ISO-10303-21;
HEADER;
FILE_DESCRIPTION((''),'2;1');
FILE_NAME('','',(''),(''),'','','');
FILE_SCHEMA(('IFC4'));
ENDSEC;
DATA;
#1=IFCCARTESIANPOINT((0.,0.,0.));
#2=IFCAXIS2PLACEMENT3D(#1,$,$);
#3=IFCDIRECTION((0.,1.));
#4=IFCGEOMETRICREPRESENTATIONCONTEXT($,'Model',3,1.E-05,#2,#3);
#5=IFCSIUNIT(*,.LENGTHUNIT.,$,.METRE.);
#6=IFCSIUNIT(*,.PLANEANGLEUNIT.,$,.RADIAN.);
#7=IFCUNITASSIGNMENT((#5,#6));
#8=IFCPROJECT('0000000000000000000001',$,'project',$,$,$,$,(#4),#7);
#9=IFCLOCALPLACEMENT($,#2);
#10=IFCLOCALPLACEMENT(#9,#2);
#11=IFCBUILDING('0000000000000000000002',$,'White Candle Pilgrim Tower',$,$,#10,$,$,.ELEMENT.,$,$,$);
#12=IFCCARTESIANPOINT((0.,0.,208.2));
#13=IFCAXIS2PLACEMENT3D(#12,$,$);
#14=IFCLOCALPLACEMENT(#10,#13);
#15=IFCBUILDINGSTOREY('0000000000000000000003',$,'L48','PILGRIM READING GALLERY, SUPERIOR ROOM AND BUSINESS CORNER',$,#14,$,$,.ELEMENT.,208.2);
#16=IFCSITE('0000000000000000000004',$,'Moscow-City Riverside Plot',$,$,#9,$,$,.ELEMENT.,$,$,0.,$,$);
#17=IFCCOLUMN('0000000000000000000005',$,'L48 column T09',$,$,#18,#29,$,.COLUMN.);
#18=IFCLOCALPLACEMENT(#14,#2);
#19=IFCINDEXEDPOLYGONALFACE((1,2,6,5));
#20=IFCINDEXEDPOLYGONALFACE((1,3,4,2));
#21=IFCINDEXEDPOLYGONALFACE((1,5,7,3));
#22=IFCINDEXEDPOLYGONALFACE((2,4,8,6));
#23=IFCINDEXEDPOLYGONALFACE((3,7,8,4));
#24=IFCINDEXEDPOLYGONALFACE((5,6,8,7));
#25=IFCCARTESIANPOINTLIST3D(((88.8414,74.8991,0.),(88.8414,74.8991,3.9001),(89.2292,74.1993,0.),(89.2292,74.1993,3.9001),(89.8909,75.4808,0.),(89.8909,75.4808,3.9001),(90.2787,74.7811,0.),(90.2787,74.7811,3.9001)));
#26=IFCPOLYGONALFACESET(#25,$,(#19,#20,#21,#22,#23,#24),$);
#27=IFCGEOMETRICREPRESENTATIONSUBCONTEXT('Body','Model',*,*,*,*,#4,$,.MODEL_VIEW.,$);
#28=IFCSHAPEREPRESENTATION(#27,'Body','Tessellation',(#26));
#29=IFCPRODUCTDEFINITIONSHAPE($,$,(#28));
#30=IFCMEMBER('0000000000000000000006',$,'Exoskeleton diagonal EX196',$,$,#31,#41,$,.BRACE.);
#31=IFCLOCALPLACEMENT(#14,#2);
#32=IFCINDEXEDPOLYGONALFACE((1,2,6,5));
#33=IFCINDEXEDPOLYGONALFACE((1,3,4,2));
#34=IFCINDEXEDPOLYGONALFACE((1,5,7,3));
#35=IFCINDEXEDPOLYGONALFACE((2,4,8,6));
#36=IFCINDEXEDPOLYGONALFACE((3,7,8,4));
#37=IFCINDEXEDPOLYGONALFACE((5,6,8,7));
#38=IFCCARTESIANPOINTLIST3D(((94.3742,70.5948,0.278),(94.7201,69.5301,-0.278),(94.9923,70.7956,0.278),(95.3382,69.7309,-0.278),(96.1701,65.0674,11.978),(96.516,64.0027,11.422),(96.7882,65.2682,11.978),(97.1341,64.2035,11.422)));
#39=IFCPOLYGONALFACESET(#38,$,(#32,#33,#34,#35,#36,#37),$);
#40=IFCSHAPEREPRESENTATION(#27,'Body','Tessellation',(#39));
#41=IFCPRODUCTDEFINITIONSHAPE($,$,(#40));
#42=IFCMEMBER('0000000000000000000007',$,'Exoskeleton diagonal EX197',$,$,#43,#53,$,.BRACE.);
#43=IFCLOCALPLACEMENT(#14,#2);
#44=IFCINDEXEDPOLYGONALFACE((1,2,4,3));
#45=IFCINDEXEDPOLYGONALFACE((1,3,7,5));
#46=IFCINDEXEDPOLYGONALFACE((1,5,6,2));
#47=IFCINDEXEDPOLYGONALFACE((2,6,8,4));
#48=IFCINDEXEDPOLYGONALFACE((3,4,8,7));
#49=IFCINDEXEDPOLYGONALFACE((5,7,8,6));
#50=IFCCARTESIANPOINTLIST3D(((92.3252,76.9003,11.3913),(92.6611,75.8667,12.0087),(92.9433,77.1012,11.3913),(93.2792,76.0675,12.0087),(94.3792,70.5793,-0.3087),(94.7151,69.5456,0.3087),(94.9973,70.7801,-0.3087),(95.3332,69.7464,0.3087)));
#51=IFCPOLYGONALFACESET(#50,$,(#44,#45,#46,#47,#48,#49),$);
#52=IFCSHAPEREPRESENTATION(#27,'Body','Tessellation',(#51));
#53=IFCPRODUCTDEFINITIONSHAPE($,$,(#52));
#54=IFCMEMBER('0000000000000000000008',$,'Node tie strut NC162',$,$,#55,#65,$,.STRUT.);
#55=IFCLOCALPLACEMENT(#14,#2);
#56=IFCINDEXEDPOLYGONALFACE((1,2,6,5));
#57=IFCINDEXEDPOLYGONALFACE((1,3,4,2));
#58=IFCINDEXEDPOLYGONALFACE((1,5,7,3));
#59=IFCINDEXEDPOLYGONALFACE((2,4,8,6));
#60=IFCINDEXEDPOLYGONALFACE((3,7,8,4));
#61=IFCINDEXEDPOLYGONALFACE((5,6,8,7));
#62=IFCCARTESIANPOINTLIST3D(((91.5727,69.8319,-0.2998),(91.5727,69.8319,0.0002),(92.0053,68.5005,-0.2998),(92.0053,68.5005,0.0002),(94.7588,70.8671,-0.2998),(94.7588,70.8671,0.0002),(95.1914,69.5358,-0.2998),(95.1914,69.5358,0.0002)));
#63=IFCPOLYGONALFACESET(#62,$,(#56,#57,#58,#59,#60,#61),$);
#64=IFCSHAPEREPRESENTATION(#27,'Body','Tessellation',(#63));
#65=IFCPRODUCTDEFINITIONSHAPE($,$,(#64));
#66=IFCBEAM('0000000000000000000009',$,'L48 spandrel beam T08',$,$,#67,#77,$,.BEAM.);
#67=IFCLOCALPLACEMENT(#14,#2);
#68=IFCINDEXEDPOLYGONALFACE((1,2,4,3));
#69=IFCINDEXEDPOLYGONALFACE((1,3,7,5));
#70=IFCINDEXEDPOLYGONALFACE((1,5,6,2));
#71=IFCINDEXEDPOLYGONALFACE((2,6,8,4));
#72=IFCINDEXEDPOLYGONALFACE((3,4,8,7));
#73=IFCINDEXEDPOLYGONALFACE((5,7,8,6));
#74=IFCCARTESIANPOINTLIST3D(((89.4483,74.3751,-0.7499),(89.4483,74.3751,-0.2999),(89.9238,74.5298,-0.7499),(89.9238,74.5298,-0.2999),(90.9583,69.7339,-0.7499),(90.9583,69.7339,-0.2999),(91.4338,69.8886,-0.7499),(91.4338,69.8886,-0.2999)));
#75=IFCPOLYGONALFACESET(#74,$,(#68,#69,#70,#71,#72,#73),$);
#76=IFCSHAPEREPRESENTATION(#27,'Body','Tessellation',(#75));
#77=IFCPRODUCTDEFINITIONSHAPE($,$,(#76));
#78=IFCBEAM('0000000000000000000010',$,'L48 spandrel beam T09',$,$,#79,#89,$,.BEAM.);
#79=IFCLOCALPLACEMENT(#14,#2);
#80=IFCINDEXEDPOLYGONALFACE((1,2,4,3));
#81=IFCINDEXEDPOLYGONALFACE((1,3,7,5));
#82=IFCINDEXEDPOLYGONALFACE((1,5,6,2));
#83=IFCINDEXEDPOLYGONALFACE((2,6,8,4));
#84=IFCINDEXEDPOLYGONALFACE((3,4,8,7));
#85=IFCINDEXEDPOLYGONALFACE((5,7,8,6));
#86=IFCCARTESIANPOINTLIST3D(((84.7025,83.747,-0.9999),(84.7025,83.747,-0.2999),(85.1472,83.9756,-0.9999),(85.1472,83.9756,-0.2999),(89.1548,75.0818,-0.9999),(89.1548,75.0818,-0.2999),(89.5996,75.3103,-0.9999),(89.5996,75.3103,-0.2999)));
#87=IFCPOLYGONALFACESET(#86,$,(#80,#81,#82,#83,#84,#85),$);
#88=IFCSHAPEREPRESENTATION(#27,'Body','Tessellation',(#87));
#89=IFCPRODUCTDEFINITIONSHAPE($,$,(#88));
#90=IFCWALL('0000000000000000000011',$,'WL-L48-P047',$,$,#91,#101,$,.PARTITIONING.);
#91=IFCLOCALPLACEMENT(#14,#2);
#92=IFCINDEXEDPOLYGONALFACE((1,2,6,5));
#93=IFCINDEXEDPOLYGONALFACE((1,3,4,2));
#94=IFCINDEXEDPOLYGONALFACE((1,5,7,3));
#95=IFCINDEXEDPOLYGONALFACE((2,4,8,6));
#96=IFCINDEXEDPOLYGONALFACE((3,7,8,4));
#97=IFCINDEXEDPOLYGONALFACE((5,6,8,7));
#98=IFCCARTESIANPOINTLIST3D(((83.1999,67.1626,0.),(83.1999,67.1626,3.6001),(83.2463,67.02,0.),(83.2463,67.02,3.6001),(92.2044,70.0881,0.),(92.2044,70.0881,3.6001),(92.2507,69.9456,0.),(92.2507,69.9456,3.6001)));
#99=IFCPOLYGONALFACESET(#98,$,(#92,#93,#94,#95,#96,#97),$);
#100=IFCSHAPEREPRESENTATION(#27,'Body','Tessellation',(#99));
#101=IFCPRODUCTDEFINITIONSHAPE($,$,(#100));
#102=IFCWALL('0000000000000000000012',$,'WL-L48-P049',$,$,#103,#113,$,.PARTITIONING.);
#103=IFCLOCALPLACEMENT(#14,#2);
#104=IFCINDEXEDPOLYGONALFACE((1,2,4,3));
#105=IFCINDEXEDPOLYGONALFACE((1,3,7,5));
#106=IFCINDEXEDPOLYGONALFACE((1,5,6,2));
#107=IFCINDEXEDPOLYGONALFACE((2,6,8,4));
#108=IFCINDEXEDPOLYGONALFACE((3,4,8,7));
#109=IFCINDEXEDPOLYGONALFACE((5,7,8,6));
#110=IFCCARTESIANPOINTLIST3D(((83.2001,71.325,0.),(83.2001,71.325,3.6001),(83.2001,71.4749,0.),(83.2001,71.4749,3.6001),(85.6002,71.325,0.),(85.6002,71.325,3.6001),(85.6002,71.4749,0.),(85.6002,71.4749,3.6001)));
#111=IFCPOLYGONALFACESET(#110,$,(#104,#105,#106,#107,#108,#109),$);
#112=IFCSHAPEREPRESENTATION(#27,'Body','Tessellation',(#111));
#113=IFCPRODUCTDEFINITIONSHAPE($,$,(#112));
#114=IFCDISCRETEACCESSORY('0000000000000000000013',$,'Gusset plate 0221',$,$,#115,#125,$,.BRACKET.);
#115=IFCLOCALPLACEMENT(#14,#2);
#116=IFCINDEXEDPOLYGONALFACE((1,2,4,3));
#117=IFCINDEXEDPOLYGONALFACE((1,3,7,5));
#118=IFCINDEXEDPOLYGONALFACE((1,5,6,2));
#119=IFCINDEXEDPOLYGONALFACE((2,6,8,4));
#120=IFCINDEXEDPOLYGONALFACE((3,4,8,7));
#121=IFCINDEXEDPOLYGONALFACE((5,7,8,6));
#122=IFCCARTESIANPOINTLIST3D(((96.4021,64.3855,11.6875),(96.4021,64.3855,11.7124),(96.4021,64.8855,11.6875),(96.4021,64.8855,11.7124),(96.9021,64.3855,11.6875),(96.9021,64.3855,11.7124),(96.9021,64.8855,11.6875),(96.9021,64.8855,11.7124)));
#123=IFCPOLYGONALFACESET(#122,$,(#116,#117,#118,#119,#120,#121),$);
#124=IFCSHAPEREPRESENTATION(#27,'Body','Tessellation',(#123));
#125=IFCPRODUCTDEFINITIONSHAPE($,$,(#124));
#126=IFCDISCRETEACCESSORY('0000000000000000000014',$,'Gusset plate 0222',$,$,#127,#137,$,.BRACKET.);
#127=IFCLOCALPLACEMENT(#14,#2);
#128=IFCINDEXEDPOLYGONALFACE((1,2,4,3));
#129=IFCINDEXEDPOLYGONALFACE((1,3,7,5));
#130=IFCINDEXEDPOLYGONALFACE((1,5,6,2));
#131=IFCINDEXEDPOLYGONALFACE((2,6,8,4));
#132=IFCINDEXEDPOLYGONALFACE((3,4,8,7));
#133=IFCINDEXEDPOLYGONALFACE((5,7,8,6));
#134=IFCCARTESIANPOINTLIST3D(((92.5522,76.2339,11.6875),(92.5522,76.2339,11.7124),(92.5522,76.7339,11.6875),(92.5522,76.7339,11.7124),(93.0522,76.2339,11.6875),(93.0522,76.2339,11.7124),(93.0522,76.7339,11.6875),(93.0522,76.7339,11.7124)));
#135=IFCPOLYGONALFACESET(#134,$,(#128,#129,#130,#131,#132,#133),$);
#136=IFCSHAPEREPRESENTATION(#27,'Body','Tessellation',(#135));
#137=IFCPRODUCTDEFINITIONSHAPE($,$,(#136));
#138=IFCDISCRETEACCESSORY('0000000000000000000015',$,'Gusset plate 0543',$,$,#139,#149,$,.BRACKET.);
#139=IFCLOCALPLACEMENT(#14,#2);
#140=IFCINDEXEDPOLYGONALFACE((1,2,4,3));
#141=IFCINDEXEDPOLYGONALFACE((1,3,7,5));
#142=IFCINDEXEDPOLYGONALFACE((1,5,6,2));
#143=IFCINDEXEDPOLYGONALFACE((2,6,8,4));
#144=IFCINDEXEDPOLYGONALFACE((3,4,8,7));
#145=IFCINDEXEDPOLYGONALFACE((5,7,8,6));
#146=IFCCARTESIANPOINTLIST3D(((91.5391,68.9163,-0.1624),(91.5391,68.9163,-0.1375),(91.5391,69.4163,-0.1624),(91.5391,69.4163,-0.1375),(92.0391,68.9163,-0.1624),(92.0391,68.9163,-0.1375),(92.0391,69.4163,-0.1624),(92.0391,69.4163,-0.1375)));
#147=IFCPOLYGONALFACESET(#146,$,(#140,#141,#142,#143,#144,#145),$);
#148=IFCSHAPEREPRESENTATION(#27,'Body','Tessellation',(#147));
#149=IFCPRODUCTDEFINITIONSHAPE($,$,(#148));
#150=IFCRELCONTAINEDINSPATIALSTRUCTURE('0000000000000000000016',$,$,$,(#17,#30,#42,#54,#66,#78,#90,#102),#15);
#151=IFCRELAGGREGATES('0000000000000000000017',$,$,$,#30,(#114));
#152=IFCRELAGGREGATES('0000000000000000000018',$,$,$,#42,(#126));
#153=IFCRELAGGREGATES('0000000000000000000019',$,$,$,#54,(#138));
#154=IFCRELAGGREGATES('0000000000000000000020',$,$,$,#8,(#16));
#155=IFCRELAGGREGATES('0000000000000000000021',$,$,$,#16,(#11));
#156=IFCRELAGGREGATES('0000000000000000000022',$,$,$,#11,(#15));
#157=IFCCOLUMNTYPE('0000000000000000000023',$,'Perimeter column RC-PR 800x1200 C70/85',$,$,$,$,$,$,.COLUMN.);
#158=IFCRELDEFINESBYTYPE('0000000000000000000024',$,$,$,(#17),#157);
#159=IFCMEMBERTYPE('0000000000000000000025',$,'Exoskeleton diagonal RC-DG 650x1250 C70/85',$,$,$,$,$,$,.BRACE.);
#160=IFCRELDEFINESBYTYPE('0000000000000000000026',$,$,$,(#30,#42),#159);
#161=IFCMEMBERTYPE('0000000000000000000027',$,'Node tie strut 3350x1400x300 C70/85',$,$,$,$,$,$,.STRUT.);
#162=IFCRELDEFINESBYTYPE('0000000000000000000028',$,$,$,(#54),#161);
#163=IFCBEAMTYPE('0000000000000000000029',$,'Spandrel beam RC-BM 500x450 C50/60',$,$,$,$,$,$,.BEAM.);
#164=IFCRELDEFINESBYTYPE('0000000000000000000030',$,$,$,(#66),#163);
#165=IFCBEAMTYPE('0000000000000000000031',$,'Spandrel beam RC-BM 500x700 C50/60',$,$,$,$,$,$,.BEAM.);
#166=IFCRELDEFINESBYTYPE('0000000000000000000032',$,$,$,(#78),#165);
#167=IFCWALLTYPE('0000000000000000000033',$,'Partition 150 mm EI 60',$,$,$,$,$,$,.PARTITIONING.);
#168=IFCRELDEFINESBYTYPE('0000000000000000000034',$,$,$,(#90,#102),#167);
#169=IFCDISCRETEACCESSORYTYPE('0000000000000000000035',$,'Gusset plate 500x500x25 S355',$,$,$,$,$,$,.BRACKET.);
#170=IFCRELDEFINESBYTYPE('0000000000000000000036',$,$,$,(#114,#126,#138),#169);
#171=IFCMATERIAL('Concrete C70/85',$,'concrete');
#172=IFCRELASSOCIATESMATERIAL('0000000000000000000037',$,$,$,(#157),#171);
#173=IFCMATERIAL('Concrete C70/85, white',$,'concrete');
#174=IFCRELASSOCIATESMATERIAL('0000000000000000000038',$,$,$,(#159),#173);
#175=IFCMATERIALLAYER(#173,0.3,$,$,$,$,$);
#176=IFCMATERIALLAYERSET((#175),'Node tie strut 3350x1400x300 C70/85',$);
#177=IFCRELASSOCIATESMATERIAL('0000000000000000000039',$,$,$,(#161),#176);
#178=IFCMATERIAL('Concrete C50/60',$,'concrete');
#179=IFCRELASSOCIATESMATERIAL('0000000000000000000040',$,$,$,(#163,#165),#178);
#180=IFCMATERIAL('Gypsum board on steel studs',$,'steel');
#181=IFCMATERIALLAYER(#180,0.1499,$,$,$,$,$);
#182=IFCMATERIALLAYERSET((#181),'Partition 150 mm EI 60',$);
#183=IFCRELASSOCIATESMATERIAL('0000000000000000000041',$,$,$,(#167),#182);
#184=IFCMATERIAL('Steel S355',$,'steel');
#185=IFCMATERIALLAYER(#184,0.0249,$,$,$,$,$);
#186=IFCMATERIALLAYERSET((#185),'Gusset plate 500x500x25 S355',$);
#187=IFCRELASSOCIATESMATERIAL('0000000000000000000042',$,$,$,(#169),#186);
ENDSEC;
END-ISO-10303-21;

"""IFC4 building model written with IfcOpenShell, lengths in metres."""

from ifc_helpers import new_model, si_unit, direction, frame, frame_2d, origin, origin_2d, place, context, subcontext, project, spatial, rectangle, extrude, material, layer, layer_set, material_profile, profile_set, type_object, element, aggregate, save


model = new_model("IFC4")

# Units and contexts
model_context = context("Model", 3, precision=1e-05, world=origin(), true_north=direction((0.0, 1.0)))
body_context = subcontext(model_context, "Body", "Model", "MODEL_VIEW")
ifc_project = project(units=[si_unit("LENGTHUNIT", "METRE"), si_unit("PLANEANGLEUNIT", "RADIAN")], contexts=[model_context])

# Site, building, storey
site_placement = place(None, origin())
site = spatial("IfcSite", under=ifc_project, at=site_placement, Name="Moscow-City Riverside Plot", CompositionType="ELEMENT", RefElevation=0.0)
building_placement = place(site_placement, origin())
building = spatial("IfcBuilding", under=site, at=building_placement, Name="White Candle Pilgrim Tower", CompositionType="ELEMENT")
storey_placement = place(building_placement, frame((0.0, 0.0, 208.2)))
storey = spatial("IfcBuildingStorey", under=building, at=storey_placement, Name="L48", Description="PILGRIM READING GALLERY, SUPERIOR ROOM AND BUSINESS CORNER", CompositionType="ELEMENT", Elevation=208.2)

# Column
ifc_material_1 = material(Name="Concrete C70/85", Category="concrete")
ifc_material_profile_1 = material_profile(ifc_material_1, rectangle(XDim=0.8, YDim=1.2, at=origin_2d()), Name="RC-PR 800x1200")
ifc_profile_set_1 = profile_set([ifc_material_profile_1], Name="Concrete C70/85")
column_type = type_object("IfcColumnType", Name="Perimeter column RC-PR 800x1200 C70/85", PredefinedType="COLUMN", material=ifc_profile_set_1)
column_placement = place(storey_placement, frame((89.5601, 74.8401, 0.0), z_axis=(0.0, 0.0, 1.0), x_axis=(0.48481, -0.87462, 0.0)))
element("IfcColumn", 1, at=column_placement, inside=storey, type_object=column_type, Name="L48 column T09", PredefinedType="COLUMN", context=body_context, shape_type="SweptSolid", body=[
    extrude(rectangle(XDim=0.8, YDim=1.2, at=origin_2d()), origin(), (0.0, 0.0, 1.0), 3.9001),
])

# Members
ifc_material_2 = material(Name="Concrete C70/85, white", Category="concrete")
ifc_material_profile_2 = material_profile(ifc_material_2, rectangle(XDim=0.6499, YDim=1.25, at=origin_2d()), Name="RC-DG 650x1250")
ifc_profile_set_2 = profile_set([ifc_material_profile_2], Name="Concrete C70/85, white")
member_type_1 = type_object("IfcMemberType", Name="Exoskeleton diagonal RC-DG 650x1250 C70/85", PredefinedType="BRACE", material=ifc_profile_set_2)
member_1_placement = place(storey_placement, frame((94.8562, 70.1628, 0.0), z_axis=(0.13747, -0.4231, 0.895594), x_axis=(0.951059, 0.30901, 0.0)))
member_1 = element("IfcMember", 2, at=member_1_placement, inside=storey, type_object=member_type_1, Name="Exoskeleton diagonal EX196", PredefinedType="BRACE", context=body_context, shape_type="SweptSolid", body=[
    extrude(rectangle(XDim=0.6499, YDim=1.25, at=origin_2d()), origin(), (0.0, 0.0, 1.0), 13.064),
])
member_2_placement = place(storey_placement, frame((94.8562, 70.1628, 0.0), z_axis=(-0.152643, 0.469758, 0.869499), x_axis=(-0.951051, -0.309034, 0.0)))
member_2 = element("IfcMember", 3, at=member_2_placement, inside=storey, type_object=member_type_1, Name="Exoskeleton diagonal EX197", PredefinedType="BRACE", context=body_context, shape_type="SweptSolid", body=[
    extrude(rectangle(XDim=0.6499, YDim=1.25, at=origin_2d()), origin(), (0.0, 0.0, 1.0), 13.4561),
])
ifc_layer_1 = layer(ifc_material_2, 0.3)
ifc_layer_set_1 = layer_set([ifc_layer_1], Name="Node tie strut 3350x1400x300 C70/85")
member_type_2 = type_object("IfcMemberType", Name="Node tie strut 3350x1400x300 C70/85", PredefinedType="STRUT", material=ifc_layer_set_1)
member_3_placement = place(storey_placement, frame((93.3821, 69.6838, -0.2998), z_axis=(0.0, 0.0, 1.0), x_axis=(-0.309017, 0.951057, 0.0)))
member_3 = element("IfcMember", 4, at=member_3_placement, inside=storey, type_object=member_type_2, Name="Node tie strut NC162", PredefinedType="STRUT", context=body_context, shape_type="SweptSolid", body=[
    extrude(rectangle(XDim=1.3999, YDim=3.3501, at=origin_2d()), origin(), (0.0, 0.0, 1.0), 0.3),
])

# Beams
ifc_material_3 = material(Name="Concrete C50/60", Category="concrete")
ifc_material_profile_3 = material_profile(ifc_material_3, rectangle(XDim=0.5, YDim=0.45, at=origin_2d()), Name="RC-BM 500x450")
ifc_profile_set_3 = profile_set([ifc_material_profile_3], Name="Concrete C50/60")
beam_type_1 = type_object("IfcBeamType", Name="Spandrel beam RC-BM 500x450 C50/60", PredefinedType="BEAM", material=ifc_profile_set_3)
beam_1_placement = place(storey_placement, frame((91.196, 69.8113, -0.5249), z_axis=(-0.309391, 0.950935, 0.0), x_axis=(-0.950935, -0.309391, 0.0)))
element("IfcBeam", 5, at=beam_1_placement, inside=storey, type_object=beam_type_1, Name="L48 spandrel beam T08", PredefinedType="BEAM", context=body_context, shape_type="SweptSolid", body=[
    extrude(rectangle(XDim=0.5, YDim=0.45, at=origin_2d()), origin(), (0.0, 0.0, 1.0), 4.8806),
])
ifc_material_profile_4 = material_profile(ifc_material_3, rectangle(XDim=0.5, YDim=0.7, at=origin_2d()), Name="RC-BM 500x700")
ifc_profile_set_4 = profile_set([ifc_material_profile_4], Name="Concrete C50/60")
beam_type_2 = type_object("IfcBeamType", Name="Spandrel beam RC-BM 500x700 C50/60", PredefinedType="BEAM", material=ifc_profile_set_4)
beam_2_placement = place(storey_placement, frame((89.3772, 75.196, -0.6499), z_axis=(-0.45702, 0.889456, 0.0), x_axis=(-0.889456, -0.45702, 0.0)))
element("IfcBeam", 6, at=beam_2_placement, inside=storey, type_object=beam_type_2, Name="L48 spandrel beam T09", PredefinedType="BEAM", context=body_context, shape_type="SweptSolid", body=[
    extrude(rectangle(XDim=0.5, YDim=0.7, at=origin_2d()), origin(), (0.0, 0.0, 1.0), 9.7422),
])

# Walls
ifc_material_4 = material(Name="Gypsum board on steel studs", Category="steel")
ifc_layer_2 = layer(ifc_material_4, 0.1499)
ifc_layer_set_2 = layer_set([ifc_layer_2], Name="Partition 150 mm EI 60")
wall_type_1 = type_object("IfcWallType", Name="Partition 150 mm EI 60", PredefinedType="PARTITIONING", material=ifc_layer_set_2)
wall_1_placement = place(storey_placement, frame((92.2275, 70.0168, 0.0), z_axis=(0.0, 0.0, 1.0), x_axis=(-0.951062, -0.309001, 0.0)))
element("IfcWall", 7, at=wall_1_placement, inside=storey, type_object=wall_type_1, Name="WL-L48-P047", PredefinedType="PARTITIONING", context=body_context, shape_type="SweptSolid", body=[
    extrude(rectangle(XDim=9.4678, YDim=0.1499, at=frame_2d((4.7339, 0.0))), origin(), (0.0, 0.0, 1.0), 3.6001),
])
wall_2_placement = place(storey_placement, frame((83.2, 71.3999, 0.0), z_axis=(0.0, 0.0, 1.0), x_axis=(1.0, 0.0, 0.0)))
element("IfcWall", 8, at=wall_2_placement, inside=storey, type_object=wall_type_1, Name="WL-L48-P049", PredefinedType="PARTITIONING", context=body_context, shape_type="SweptSolid", body=[
    extrude(rectangle(XDim=2.4001, YDim=0.1499, at=frame_2d((1.2002, 0.0))), origin(), (0.0, 0.0, 1.0), 3.6001),
])

# Discrete accessories
ifc_material_5 = material(Name="Steel S355", Category="steel")
ifc_layer_3 = layer(ifc_material_5, 0.0249)
ifc_layer_set_3 = layer_set([ifc_layer_3], Name="Gusset plate 500x500x25 S355")
discrete_accessory_type = type_object("IfcDiscreteAccessoryType", Name="Gusset plate 500x500x25 S355", PredefinedType="BRACKET", material=ifc_layer_set_3)
placement = place(building_placement, frame((0.0, 0.0, 219.8999)))
discrete_accessory_1_placement = place(placement, frame((96.6521, 64.6355, -0.0125), z_axis=(0.0, 0.0, 1.0), x_axis=(1.0, 0.0, 0.0)))
discrete_accessory_1 = element("IfcDiscreteAccessory", 9, at=discrete_accessory_1_placement, type_object=discrete_accessory_type, Name="Gusset plate 0221", PredefinedType="BRACKET", context=body_context, shape_type="SweptSolid", body=[
    extrude(rectangle(XDim=0.5, YDim=0.5, at=origin_2d()), origin(), (0.0, 0.0, 1.0), 0.0249),
])
aggregate(member_1, [discrete_accessory_1])
discrete_accessory_2_placement = place(placement, frame((92.8022, 76.4839, -0.0125), z_axis=(0.0, 0.0, 1.0), x_axis=(1.0, 0.0, 0.0)))
discrete_accessory_2 = element("IfcDiscreteAccessory", 10, at=discrete_accessory_2_placement, type_object=discrete_accessory_type, Name="Gusset plate 0222", PredefinedType="BRACKET", context=body_context, shape_type="SweptSolid", body=[
    extrude(rectangle(XDim=0.5, YDim=0.5, at=origin_2d()), origin(), (0.0, 0.0, 1.0), 0.0249),
])
aggregate(member_2, [discrete_accessory_2])
discrete_accessory_3_placement = place(storey_placement, frame((91.7891, 69.1663, -0.1624), z_axis=(0.0, 0.0, 1.0), x_axis=(1.0, 0.0, 0.0)))
discrete_accessory_3 = element("IfcDiscreteAccessory", 11, at=discrete_accessory_3_placement, type_object=discrete_accessory_type, Name="Gusset plate 0543", PredefinedType="BRACKET", context=body_context, shape_type="SweptSolid", body=[
    extrude(rectangle(XDim=0.5, YDim=0.5, at=origin_2d()), origin(), (0.0, 0.0, 1.0), 0.0249),
])
aggregate(member_3, [discrete_accessory_3])

save(model, "model.ifc")
